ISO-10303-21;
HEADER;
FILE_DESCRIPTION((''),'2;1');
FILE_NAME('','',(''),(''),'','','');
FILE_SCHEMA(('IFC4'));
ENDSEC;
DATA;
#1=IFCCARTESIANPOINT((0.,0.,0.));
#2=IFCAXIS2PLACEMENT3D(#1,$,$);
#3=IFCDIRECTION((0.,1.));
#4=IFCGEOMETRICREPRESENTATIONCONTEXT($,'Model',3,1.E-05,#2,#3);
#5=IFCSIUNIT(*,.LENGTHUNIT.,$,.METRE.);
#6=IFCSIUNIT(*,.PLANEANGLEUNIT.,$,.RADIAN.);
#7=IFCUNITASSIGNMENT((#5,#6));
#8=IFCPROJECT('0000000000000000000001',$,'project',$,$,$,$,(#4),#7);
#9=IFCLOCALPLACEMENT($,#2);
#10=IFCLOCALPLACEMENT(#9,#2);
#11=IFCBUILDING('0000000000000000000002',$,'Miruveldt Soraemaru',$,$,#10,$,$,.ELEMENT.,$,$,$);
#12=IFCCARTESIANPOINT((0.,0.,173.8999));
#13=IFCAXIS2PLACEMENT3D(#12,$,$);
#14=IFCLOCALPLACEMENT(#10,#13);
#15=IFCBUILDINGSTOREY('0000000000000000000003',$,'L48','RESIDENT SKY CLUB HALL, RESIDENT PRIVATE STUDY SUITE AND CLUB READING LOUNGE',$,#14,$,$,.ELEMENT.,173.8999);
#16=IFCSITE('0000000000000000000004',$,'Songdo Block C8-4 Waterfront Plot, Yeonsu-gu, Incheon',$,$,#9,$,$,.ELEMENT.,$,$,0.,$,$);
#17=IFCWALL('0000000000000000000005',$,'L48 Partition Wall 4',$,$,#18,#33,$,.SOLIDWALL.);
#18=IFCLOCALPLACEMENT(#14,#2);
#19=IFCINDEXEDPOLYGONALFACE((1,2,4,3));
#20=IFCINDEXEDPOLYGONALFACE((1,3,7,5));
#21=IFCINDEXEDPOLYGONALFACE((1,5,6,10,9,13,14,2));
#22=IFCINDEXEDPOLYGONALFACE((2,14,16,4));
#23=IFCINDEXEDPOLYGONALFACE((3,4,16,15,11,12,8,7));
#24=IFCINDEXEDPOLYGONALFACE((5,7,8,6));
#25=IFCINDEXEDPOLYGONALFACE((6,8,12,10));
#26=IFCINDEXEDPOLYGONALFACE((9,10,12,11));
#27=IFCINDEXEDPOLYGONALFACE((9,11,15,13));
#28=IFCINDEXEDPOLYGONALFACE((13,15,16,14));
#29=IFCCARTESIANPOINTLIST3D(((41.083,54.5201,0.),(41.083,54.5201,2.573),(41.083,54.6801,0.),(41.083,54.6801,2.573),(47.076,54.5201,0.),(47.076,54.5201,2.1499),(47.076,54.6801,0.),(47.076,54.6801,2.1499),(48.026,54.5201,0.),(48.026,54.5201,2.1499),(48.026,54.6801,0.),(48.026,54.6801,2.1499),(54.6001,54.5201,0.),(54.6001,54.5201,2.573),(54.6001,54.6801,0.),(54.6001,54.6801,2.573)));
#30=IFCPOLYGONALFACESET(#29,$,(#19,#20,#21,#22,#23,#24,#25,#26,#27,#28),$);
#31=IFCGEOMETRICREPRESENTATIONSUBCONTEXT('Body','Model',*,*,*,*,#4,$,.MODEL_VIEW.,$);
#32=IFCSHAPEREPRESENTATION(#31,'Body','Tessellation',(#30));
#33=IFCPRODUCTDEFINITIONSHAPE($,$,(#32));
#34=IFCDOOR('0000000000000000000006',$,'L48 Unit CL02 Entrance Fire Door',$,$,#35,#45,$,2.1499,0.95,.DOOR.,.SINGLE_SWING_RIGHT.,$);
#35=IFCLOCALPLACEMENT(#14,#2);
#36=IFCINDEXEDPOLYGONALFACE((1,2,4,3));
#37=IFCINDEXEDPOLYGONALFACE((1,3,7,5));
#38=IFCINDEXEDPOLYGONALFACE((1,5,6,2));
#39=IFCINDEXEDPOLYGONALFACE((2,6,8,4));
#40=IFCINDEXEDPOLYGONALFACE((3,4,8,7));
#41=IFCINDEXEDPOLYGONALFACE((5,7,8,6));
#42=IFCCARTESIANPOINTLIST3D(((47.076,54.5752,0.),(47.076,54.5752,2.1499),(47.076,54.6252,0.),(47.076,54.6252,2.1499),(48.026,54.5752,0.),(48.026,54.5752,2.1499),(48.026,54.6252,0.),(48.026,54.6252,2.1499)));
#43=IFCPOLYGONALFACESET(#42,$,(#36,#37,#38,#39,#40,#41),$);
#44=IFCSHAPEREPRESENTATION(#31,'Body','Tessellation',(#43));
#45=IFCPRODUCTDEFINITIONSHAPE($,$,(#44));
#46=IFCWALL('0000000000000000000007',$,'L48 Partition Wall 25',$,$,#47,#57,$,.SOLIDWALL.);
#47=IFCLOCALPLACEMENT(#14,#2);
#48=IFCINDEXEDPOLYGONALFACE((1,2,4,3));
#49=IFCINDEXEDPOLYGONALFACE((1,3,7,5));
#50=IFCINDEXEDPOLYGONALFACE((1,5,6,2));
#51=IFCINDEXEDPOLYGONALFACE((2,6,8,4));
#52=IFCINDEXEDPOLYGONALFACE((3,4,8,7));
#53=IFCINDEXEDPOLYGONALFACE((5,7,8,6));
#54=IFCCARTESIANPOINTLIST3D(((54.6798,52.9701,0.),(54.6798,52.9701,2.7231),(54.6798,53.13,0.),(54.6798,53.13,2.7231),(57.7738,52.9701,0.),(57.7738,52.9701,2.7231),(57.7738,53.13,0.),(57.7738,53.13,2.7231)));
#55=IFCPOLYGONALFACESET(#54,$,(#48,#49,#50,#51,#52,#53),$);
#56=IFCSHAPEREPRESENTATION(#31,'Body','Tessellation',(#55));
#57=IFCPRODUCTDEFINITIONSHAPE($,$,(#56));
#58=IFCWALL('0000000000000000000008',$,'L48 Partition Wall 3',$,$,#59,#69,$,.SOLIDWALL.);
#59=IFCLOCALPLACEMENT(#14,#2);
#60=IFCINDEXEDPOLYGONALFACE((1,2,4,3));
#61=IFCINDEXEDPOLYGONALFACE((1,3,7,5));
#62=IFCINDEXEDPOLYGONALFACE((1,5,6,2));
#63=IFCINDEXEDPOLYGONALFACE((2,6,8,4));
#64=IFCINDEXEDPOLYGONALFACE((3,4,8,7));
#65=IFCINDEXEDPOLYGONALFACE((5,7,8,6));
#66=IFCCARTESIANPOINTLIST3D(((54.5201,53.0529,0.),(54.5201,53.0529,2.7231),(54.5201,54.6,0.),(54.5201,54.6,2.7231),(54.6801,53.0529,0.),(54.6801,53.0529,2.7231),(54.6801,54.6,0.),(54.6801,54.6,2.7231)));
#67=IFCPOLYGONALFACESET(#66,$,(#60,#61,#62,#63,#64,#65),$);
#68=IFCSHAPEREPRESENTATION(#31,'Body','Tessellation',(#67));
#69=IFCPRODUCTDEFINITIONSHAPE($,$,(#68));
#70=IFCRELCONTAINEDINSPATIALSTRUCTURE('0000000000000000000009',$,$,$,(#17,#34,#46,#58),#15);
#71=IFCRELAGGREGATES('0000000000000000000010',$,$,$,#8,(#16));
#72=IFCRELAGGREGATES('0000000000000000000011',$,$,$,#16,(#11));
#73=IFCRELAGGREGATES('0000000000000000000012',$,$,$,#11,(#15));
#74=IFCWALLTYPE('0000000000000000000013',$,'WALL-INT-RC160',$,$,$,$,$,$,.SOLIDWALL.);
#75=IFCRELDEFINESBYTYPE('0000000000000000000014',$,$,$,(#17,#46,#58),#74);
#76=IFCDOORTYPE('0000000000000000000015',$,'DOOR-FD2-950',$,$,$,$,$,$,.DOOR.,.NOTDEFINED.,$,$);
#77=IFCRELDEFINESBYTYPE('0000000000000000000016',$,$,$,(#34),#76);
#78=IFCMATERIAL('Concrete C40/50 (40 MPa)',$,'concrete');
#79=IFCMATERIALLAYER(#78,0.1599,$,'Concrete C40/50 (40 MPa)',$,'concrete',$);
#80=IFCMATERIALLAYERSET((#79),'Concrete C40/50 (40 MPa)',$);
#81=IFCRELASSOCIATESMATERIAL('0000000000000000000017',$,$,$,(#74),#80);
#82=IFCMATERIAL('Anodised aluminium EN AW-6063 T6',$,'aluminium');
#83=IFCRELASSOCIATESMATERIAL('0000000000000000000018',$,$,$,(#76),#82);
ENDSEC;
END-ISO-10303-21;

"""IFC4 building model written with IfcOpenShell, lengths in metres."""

from ifc_helpers import new_model, si_unit, direction, frame, frame_2d, origin, place, context, subcontext, project, spatial, rectangle, extrude, material, layer, layer_set, type_object, element, fill, save


model = new_model("IFC4")

# Units and contexts
model_context = context("Model", 3, precision=1e-05, world=origin(), true_north=direction((0.0, 1.0)))
body_context = subcontext(model_context, "Body", "Model", "MODEL_VIEW")
ifc_project = project(units=[si_unit("LENGTHUNIT", "METRE"), si_unit("PLANEANGLEUNIT", "RADIAN")], contexts=[model_context])

# Site, building, storey
site_placement = place(None, origin())
site = spatial("IfcSite", under=ifc_project, at=site_placement, Name="Songdo Block C8-4 Waterfront Plot, Yeonsu-gu, Incheon", CompositionType="ELEMENT", RefElevation=0.0)
building_placement = place(site_placement, origin())
building = spatial("IfcBuilding", under=site, at=building_placement, Name="Miruveldt Soraemaru", CompositionType="ELEMENT")
storey_placement = place(building_placement, frame((0.0, 0.0, 173.8999)))
storey = spatial("IfcBuildingStorey", under=building, at=storey_placement, Name="L48", Description="RESIDENT SKY CLUB HALL, RESIDENT PRIVATE STUDY SUITE AND CLUB READING LOUNGE", CompositionType="ELEMENT", Elevation=173.8999)

# Shared definitions
ifc_material_1 = material(Name="Anodised aluminium EN AW-6063 T6", Category="aluminium")

# Wall, opening, door
ifc_material_2 = material(Name="Concrete C40/50 (40 MPa)", Category="concrete")
ifc_layer_1 = layer(ifc_material_2, 0.1599, Name="Concrete C40/50 (40 MPa)", Category="concrete")
ifc_layer_set_1 = layer_set([ifc_layer_1], Name="Concrete C40/50 (40 MPa)")
wall_type_1 = type_object("IfcWallType", Name="WALL-INT-RC160", PredefinedType="SOLIDWALL", material=ifc_layer_set_1)
wall_1_placement = place(storey_placement, frame((54.6001, 54.6001, 0.0), z_axis=(0.0, 0.0, 1.0), x_axis=(-1.0, 0.0, 0.0)))
wall_1 = element("IfcWall", 1, at=wall_1_placement, inside=storey, type_object=wall_type_1, Name="L48 Partition Wall 4", PredefinedType="SOLIDWALL", context=body_context, shape_type="SweptSolid", body=[
    extrude(rectangle(XDim=13.5171, YDim=0.1599, at=frame_2d((6.7585, 0.0))), origin(), (0.0, 0.0, 1.0), 2.573),
])
opening_1_placement = place(wall_1_placement, frame((6.574, 0.0, 0.0)))
opening_1 = element("IfcOpeningElement", 2, at=opening_1_placement, cuts=wall_1, PredefinedType="OPENING", context=body_context, shape_type="SweptSolid", body=[
    extrude(rectangle(XDim=0.95, YDim=2.1499, at=frame_2d((0.4751, 1.075))), frame((0.0, 0.0898, 0.0), z_axis=(0.0, -1.0, 0.0), x_axis=(1.0, 0.0, 0.0)), (0.0, 0.0, 1.0), 0.1799),
])
door_type_1 = type_object("IfcDoorType", Name="DOOR-FD2-950", OperationType="NOTDEFINED", PredefinedType="DOOR", material=ifc_material_1)
door_1_placement = place(opening_1_placement, origin())
door_1 = element("IfcDoor", 3, at=door_1_placement, inside=storey, type_object=door_type_1, Name="L48 Unit CL02 Entrance Fire Door", OperationType="SINGLE_SWING_RIGHT", OverallHeight=2.1499, OverallWidth=0.95, PredefinedType="DOOR", context=body_context, shape_type="SweptSolid", body=[
    extrude(rectangle(XDim=0.95, YDim=2.1499, at=frame_2d((0.4751, 1.075))), frame((0.0, 0.0249, 0.0), z_axis=(0.0, -1.0, 0.0), x_axis=(1.0, 0.0, 0.0)), (0.0, 0.0, 1.0), 0.05),
])
fill(opening_1, door_1)

# Walls
wall_2_placement = place(storey_placement, frame((54.6799, 53.05, 0.0), z_axis=(0.0, 0.0, 1.0), x_axis=(1.0, 0.0, 0.0)))
element("IfcWall", 4, at=wall_2_placement, inside=storey, type_object=wall_type_1, Name="L48 Partition Wall 25", PredefinedType="SOLIDWALL", context=body_context, shape_type="SweptSolid", body=[
    extrude(rectangle(XDim=3.094, YDim=0.1599, at=frame_2d((1.5469, 0.0))), origin(), (0.0, 0.0, 1.0), 2.7231),
])
wall_3_placement = place(storey_placement, frame((54.6001, 53.053, 0.0), z_axis=(0.0, 0.0, 1.0), x_axis=(0.0, 1.0, 0.0)))
element("IfcWall", 5, at=wall_3_placement, inside=storey, type_object=wall_type_1, Name="L48 Partition Wall 3", PredefinedType="SOLIDWALL", context=body_context, shape_type="SweptSolid", body=[
    extrude(rectangle(XDim=1.5471, YDim=0.1599, at=frame_2d((0.7734, 0.0))), origin(), (0.0, 0.0, 1.0), 2.7231),
])

save(model, "model.ifc")
